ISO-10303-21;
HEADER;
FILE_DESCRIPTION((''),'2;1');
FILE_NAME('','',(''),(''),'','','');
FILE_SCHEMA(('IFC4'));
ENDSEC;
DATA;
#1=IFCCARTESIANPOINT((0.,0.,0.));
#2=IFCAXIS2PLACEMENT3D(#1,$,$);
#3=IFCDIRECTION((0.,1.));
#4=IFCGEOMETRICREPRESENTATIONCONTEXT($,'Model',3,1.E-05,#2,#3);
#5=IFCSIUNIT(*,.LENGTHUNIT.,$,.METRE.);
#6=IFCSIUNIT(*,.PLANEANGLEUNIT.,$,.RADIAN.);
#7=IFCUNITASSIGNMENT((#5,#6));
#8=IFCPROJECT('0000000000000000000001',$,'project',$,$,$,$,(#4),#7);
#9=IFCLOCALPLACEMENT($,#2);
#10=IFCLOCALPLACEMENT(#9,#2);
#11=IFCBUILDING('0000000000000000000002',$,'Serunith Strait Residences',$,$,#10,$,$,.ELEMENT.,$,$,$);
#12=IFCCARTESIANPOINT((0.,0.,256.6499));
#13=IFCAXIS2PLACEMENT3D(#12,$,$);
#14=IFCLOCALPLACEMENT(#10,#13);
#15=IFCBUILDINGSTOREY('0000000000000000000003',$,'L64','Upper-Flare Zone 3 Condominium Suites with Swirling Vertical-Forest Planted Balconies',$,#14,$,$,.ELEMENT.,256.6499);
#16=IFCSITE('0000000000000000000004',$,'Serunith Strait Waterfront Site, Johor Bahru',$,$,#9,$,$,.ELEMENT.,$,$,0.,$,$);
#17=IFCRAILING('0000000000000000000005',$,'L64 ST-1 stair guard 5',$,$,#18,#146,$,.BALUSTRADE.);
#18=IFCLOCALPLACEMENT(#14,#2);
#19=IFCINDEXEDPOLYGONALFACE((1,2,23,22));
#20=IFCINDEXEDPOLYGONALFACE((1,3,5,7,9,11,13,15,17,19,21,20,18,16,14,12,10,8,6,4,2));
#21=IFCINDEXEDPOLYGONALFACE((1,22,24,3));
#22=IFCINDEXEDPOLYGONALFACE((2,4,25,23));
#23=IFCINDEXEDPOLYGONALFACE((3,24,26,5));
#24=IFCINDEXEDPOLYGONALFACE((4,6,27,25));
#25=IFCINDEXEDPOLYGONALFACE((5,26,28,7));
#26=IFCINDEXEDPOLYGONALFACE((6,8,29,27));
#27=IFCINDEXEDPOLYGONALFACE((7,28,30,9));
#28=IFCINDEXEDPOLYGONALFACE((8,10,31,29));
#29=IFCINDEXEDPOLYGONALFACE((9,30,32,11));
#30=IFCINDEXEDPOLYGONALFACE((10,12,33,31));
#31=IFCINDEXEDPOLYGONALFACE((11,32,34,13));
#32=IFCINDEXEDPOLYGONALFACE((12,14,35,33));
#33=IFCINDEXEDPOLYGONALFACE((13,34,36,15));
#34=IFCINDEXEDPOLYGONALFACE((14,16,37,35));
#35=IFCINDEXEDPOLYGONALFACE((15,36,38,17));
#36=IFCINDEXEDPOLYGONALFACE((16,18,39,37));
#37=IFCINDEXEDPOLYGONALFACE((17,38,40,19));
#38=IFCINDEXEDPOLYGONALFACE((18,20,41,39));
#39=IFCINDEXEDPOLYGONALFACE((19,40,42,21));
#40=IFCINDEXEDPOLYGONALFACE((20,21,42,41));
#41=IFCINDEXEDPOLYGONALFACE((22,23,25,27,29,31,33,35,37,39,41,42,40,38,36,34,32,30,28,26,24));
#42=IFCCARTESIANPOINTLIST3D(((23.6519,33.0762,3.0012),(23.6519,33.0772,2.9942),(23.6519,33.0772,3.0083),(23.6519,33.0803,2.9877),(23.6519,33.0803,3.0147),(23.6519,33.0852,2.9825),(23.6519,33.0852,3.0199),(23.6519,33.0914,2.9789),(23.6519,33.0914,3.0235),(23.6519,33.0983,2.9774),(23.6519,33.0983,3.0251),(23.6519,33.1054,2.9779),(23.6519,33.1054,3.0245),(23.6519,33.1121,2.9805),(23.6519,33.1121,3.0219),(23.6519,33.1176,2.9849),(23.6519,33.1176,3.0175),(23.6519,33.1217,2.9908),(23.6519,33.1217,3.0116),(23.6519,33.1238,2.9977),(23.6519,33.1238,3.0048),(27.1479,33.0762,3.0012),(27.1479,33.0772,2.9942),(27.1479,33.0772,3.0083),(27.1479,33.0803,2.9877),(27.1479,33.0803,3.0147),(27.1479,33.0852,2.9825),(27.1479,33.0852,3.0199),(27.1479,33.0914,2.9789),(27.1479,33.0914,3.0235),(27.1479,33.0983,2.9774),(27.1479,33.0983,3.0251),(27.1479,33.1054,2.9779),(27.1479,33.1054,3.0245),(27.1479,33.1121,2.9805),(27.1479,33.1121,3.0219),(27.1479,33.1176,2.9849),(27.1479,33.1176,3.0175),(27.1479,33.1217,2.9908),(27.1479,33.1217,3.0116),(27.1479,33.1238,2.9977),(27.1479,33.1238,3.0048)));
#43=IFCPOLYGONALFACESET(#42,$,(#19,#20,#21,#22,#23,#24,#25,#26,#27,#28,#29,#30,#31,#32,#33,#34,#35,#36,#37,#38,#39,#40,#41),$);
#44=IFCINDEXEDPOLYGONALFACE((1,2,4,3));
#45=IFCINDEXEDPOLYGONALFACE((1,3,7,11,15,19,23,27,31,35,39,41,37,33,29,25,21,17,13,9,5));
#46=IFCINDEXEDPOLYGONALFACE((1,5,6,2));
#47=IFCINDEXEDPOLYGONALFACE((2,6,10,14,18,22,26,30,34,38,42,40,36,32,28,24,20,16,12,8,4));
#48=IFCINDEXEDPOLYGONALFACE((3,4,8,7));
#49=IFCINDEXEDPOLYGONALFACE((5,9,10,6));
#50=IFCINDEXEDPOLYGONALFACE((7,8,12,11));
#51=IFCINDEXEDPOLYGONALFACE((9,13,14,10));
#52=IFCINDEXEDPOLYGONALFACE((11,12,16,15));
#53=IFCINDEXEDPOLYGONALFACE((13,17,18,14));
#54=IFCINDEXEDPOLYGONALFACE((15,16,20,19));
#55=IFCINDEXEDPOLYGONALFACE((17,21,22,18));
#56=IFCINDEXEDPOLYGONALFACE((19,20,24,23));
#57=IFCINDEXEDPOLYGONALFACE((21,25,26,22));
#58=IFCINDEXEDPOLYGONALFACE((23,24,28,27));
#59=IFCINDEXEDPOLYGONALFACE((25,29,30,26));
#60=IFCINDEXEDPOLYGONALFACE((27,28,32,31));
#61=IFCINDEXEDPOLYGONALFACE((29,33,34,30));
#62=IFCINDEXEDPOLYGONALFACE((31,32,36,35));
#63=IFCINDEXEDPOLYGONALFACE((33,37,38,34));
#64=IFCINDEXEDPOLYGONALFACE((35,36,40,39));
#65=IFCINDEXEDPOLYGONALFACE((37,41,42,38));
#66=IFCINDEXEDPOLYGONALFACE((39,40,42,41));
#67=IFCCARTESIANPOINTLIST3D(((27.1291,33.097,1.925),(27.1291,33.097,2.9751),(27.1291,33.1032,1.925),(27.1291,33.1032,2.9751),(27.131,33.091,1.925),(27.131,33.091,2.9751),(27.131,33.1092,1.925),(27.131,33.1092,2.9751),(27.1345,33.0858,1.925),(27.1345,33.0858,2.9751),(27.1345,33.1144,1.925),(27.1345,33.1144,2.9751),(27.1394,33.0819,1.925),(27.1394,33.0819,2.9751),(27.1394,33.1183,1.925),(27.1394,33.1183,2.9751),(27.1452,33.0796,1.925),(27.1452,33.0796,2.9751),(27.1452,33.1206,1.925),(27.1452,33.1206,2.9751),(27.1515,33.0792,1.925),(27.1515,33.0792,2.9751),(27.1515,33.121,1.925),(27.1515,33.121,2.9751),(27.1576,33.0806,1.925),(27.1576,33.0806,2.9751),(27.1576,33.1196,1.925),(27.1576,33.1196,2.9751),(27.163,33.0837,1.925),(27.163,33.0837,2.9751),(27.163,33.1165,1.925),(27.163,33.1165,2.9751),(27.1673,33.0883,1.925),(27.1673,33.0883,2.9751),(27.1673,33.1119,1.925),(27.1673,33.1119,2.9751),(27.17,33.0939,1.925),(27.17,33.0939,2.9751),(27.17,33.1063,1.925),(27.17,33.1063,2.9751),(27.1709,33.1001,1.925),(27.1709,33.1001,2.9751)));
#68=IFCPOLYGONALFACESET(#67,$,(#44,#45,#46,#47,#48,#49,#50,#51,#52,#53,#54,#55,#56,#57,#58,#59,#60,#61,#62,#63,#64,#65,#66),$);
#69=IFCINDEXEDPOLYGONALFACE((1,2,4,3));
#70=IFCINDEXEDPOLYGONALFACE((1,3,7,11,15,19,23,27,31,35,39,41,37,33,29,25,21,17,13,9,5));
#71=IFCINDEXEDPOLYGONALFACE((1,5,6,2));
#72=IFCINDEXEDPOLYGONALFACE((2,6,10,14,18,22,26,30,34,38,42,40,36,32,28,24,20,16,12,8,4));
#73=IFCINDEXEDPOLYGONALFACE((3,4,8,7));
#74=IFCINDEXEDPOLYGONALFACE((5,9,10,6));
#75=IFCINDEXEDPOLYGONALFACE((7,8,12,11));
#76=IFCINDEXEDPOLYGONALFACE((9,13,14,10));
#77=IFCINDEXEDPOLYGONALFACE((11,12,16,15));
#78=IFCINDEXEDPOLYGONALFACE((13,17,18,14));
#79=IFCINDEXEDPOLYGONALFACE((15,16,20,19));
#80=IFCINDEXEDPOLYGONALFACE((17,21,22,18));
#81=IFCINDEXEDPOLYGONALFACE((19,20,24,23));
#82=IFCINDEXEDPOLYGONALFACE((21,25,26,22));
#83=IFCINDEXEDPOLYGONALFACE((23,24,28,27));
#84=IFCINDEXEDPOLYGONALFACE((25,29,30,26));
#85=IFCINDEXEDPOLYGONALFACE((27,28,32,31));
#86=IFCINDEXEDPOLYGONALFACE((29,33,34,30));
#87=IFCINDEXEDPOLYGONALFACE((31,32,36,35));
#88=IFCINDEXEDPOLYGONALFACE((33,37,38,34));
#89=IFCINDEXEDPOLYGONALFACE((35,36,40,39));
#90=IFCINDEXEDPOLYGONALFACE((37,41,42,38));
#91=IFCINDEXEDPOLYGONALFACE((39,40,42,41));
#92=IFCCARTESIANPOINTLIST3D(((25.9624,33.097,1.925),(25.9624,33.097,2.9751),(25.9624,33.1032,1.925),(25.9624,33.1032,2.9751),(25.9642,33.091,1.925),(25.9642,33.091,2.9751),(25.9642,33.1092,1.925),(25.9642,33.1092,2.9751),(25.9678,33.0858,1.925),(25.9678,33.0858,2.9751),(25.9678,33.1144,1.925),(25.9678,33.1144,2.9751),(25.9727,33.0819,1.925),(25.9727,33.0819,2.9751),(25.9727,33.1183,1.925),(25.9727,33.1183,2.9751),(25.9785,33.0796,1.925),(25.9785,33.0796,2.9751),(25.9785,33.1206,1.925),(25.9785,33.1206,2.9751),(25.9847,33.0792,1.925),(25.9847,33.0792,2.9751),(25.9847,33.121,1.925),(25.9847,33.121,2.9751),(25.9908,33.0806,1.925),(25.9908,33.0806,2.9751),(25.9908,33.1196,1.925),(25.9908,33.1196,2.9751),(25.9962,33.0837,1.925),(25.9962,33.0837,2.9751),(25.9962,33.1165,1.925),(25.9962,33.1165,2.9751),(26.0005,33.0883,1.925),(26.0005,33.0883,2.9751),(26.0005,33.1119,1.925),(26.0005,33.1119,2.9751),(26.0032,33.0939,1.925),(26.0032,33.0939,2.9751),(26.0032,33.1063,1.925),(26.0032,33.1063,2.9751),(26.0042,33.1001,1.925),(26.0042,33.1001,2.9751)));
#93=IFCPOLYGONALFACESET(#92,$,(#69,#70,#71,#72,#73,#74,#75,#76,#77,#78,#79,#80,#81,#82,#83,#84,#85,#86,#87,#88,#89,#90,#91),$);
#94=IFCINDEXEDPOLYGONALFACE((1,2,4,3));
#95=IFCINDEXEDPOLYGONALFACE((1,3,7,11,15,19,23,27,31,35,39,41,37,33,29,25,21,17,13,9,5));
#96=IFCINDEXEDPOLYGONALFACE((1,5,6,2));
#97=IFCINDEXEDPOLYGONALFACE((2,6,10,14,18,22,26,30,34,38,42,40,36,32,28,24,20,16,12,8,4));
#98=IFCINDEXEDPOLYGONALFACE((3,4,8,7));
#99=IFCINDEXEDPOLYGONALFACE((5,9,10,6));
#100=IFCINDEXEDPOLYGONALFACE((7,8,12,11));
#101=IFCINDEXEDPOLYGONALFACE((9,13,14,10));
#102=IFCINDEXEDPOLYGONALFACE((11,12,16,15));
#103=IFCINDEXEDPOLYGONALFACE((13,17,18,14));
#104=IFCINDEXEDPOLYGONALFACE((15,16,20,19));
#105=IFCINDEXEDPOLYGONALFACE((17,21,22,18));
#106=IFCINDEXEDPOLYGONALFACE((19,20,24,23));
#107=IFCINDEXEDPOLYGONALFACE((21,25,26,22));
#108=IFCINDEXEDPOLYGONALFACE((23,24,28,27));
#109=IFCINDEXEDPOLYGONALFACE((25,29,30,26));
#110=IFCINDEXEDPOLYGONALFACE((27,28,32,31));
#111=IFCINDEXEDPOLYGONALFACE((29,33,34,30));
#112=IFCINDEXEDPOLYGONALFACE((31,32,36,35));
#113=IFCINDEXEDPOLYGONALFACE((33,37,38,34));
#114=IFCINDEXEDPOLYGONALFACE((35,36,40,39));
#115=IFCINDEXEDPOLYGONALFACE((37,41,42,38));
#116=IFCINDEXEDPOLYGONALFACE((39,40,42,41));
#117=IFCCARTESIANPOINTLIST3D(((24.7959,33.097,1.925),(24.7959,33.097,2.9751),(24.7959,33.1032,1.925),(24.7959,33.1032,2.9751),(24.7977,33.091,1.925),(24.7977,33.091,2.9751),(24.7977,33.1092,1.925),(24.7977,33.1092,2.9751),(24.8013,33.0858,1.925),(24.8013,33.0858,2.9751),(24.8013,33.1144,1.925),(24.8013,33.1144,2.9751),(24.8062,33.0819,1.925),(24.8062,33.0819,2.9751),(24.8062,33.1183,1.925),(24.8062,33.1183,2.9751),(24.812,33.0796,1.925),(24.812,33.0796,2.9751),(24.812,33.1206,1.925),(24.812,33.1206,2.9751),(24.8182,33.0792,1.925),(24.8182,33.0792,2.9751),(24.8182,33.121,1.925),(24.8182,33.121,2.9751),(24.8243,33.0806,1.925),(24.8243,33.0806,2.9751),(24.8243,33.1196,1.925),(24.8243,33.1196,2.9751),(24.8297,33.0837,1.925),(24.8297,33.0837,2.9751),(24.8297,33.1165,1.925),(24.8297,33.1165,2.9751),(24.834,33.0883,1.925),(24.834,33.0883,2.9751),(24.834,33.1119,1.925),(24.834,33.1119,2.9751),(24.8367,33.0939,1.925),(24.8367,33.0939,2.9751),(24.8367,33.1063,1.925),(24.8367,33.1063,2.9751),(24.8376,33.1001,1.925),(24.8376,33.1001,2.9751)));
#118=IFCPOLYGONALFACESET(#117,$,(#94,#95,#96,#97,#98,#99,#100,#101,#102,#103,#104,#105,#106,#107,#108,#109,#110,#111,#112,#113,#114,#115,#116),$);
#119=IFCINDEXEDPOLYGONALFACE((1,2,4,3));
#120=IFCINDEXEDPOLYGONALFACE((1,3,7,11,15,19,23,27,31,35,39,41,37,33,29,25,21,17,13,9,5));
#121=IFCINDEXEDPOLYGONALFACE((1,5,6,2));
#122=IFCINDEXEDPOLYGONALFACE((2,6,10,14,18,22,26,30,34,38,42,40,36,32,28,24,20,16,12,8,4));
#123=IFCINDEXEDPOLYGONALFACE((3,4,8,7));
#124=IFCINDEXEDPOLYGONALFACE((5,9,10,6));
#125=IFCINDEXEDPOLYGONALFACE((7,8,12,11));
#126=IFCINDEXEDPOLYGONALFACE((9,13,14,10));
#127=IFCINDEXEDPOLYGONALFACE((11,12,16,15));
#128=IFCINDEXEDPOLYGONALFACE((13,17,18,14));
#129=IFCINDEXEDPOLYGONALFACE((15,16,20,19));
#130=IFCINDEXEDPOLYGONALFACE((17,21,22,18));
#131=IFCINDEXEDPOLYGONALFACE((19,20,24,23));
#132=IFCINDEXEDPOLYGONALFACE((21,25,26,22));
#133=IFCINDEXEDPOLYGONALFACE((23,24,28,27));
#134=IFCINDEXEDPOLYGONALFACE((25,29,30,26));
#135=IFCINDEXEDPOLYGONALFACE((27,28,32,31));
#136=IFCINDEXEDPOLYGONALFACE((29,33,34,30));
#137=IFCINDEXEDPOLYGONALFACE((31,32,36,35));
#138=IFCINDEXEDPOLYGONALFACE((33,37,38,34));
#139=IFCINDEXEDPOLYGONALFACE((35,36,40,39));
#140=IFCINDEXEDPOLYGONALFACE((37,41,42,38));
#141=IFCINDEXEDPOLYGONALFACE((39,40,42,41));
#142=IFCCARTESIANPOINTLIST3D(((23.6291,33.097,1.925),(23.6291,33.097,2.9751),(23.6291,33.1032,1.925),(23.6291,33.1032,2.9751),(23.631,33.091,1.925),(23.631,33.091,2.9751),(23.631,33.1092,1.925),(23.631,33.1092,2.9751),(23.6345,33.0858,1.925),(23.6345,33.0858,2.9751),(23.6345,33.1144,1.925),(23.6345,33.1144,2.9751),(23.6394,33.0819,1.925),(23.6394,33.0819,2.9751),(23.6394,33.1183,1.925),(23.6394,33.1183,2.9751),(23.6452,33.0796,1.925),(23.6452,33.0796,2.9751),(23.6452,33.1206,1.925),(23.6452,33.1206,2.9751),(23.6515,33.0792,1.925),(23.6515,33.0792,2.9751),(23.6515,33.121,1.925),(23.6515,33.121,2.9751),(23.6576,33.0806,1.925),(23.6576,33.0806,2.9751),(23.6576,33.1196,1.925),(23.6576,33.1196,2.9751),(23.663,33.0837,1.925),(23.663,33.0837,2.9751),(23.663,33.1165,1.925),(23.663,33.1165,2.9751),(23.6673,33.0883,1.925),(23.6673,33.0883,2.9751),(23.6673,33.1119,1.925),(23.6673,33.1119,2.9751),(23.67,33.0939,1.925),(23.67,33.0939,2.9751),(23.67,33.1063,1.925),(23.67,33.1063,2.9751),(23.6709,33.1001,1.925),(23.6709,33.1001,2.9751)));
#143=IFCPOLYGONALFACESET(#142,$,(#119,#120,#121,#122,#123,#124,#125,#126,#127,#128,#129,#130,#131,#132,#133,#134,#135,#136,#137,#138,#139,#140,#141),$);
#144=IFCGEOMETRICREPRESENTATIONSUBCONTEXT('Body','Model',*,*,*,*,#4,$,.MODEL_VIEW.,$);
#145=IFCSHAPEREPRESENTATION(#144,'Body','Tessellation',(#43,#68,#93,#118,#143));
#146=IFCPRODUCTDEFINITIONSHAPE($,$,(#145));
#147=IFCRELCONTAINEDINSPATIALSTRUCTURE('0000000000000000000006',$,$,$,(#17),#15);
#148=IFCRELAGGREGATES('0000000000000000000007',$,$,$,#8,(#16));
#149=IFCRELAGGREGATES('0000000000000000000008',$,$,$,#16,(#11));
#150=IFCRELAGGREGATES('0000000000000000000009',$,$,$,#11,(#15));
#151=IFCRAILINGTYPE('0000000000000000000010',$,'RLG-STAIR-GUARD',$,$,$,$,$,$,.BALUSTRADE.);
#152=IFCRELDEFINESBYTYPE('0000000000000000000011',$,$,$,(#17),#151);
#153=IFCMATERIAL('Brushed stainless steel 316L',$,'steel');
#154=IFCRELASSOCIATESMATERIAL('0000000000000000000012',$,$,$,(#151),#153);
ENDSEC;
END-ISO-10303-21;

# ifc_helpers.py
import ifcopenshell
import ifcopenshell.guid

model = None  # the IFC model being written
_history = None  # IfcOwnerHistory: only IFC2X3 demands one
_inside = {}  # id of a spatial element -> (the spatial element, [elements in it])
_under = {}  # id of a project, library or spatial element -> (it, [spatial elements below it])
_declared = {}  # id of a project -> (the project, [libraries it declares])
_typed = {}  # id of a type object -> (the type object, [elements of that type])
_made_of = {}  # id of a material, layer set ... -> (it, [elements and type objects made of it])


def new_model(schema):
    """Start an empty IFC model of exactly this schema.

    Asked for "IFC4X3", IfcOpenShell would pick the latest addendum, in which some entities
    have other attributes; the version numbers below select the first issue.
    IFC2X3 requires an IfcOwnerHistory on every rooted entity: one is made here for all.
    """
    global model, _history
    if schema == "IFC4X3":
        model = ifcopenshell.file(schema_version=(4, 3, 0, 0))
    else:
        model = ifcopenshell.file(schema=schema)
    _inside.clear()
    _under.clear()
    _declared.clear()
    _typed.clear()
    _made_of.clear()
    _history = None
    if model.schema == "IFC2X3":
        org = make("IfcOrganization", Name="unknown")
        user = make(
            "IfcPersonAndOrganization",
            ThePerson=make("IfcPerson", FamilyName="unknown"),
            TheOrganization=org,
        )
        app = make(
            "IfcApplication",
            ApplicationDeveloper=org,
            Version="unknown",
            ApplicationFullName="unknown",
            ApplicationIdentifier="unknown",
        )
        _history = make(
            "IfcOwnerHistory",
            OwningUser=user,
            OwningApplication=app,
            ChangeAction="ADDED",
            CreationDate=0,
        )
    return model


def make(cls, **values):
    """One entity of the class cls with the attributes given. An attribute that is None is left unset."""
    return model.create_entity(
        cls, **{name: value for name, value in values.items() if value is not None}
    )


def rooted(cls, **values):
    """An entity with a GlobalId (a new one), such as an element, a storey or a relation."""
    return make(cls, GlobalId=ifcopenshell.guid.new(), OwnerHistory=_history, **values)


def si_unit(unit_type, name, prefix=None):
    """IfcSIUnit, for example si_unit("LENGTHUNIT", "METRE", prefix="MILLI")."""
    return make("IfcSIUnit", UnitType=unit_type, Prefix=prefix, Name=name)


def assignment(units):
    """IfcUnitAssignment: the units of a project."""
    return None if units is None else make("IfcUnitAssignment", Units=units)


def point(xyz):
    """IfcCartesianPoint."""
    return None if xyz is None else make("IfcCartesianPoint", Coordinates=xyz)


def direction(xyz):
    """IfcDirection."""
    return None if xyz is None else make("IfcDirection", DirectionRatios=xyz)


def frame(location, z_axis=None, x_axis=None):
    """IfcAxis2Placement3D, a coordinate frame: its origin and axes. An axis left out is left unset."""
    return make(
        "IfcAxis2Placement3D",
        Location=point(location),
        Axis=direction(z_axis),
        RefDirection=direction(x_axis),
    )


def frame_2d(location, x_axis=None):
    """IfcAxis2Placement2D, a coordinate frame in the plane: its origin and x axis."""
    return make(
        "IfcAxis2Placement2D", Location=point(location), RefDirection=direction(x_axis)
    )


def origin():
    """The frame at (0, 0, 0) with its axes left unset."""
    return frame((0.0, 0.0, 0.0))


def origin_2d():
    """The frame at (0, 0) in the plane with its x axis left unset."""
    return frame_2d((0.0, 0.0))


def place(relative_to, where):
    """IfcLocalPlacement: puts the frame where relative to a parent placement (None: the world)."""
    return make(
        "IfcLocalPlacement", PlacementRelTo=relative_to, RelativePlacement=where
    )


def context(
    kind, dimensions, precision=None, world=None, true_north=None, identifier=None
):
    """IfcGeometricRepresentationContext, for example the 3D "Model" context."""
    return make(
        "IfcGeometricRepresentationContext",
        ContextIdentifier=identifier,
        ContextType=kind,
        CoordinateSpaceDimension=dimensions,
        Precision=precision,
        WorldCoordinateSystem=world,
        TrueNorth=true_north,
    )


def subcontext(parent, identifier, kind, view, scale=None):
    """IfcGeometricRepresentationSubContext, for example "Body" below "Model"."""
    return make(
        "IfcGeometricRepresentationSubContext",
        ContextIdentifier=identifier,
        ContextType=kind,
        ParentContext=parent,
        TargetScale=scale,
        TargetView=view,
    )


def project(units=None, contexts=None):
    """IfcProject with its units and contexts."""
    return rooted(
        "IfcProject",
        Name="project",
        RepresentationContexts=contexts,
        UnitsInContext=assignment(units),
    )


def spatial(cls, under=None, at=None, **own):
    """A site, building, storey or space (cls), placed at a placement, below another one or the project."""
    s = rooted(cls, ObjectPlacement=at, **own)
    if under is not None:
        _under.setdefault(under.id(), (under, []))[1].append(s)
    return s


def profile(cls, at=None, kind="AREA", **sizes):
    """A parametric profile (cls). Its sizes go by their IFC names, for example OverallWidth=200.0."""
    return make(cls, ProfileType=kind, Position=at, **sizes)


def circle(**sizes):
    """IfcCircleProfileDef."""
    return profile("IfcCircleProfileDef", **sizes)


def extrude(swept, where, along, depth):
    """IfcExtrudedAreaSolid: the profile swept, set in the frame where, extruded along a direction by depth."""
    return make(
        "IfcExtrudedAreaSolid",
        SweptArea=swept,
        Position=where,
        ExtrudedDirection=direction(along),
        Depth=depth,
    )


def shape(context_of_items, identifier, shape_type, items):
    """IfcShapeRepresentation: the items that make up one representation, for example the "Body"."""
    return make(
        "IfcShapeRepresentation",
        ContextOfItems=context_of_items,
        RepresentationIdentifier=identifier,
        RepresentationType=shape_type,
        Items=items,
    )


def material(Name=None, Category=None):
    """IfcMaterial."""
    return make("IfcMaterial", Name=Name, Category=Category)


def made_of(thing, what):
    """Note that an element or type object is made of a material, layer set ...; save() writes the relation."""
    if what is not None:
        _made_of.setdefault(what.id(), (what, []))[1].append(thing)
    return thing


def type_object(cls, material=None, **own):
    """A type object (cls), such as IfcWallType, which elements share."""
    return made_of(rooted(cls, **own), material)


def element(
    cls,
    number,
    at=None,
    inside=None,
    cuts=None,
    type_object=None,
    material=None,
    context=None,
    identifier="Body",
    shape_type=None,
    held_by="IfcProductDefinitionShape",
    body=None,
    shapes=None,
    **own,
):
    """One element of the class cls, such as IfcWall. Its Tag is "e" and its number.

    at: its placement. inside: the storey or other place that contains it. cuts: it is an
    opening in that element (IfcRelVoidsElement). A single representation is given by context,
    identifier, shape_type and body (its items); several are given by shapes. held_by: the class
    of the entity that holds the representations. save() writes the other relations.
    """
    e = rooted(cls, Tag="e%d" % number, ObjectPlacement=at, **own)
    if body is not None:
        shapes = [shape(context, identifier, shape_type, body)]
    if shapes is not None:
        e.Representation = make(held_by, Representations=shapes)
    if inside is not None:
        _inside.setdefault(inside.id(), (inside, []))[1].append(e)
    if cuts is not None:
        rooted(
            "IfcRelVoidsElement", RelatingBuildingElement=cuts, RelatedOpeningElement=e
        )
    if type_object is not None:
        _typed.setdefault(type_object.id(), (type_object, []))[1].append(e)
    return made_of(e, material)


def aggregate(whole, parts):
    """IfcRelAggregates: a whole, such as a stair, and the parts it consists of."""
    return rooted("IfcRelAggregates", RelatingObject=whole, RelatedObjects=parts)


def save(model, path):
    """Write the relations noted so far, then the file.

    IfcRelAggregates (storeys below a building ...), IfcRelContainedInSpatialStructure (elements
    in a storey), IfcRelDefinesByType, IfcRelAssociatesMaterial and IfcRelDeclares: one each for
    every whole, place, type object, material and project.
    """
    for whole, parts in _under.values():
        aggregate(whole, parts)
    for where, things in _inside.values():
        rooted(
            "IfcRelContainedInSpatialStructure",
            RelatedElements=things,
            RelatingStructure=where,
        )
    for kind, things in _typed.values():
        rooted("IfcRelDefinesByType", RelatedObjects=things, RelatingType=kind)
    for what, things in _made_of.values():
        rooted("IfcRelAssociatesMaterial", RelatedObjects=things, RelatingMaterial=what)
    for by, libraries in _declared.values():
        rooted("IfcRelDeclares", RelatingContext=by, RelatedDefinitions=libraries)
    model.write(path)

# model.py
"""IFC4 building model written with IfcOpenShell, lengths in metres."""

from ifc_helpers import new_model, si_unit, direction, frame, origin, origin_2d, place, context, subcontext, project, spatial, circle, extrude, material, type_object, element, save


model = new_model("IFC4")

# Units and contexts
model_context = context("Model", 3, precision=1e-05, world=origin(), true_north=direction((0.0, 1.0)))
body_context = subcontext(model_context, "Body", "Model", "MODEL_VIEW")
ifc_project = project(units=[si_unit("LENGTHUNIT", "METRE"), si_unit("PLANEANGLEUNIT", "RADIAN")], contexts=[model_context])

# Site, building, storey
site_placement = place(None, origin())
site = spatial("IfcSite", under=ifc_project, at=site_placement, Name="Serunith Strait Waterfront Site, Johor Bahru", CompositionType="ELEMENT", RefElevation=0.0)
building_placement = place(site_placement, origin())
building = spatial("IfcBuilding", under=site, at=building_placement, Name="Serunith Strait Residences", CompositionType="ELEMENT")
storey_placement = place(building_placement, frame((0.0, 0.0, 256.6499)))
storey = spatial("IfcBuildingStorey", under=building, at=storey_placement, Name="L64", Description="Upper-Flare Zone 3 Condominium Suites with Swirling Vertical-Forest Planted Balconies", CompositionType="ELEMENT", Elevation=256.6499)

# Railing
ifc_material_1 = material(Name="Brushed stainless steel 316L", Category="steel")
railing_type_1 = type_object("IfcRailingType", Name="RLG-STAIR-GUARD", PredefinedType="BALUSTRADE", material=ifc_material_1)
railing_1_placement = place(storey_placement, frame((27.1499, 33.1001, 1.925)))
element("IfcRailing", 1, at=railing_1_placement, inside=storey, type_object=railing_type_1, Name="L64 ST-1 stair guard 5", PredefinedType="BALUSTRADE", context=body_context, shape_type="SweptSolid", body=[
    extrude(circle(Radius=0.0239, at=origin_2d()), frame((-0.002, 0.0, 1.0762), z_axis=(-1.0, 0.0, 0.0), x_axis=(0.0, -1.0, 0.0)), (0.0, 0.0, 1.0), 3.4961),
    extrude(circle(Radius=0.021, at=origin_2d()), origin(), (0.0, 0.0, 1.0), 1.05),
    extrude(circle(Radius=0.021, at=origin_2d()), frame((-1.1667, 0.0, 0.0)), (0.0, 0.0, 1.0), 1.05),
    extrude(circle(Radius=0.021, at=origin_2d()), frame((-2.3333, 0.0, 0.0)), (0.0, 0.0, 1.0), 1.05),
    extrude(circle(Radius=0.021, at=origin_2d()), frame((-3.5, 0.0, 0.0)), (0.0, 0.0, 1.0), 1.05),
])

save(model, "model.ifc")
